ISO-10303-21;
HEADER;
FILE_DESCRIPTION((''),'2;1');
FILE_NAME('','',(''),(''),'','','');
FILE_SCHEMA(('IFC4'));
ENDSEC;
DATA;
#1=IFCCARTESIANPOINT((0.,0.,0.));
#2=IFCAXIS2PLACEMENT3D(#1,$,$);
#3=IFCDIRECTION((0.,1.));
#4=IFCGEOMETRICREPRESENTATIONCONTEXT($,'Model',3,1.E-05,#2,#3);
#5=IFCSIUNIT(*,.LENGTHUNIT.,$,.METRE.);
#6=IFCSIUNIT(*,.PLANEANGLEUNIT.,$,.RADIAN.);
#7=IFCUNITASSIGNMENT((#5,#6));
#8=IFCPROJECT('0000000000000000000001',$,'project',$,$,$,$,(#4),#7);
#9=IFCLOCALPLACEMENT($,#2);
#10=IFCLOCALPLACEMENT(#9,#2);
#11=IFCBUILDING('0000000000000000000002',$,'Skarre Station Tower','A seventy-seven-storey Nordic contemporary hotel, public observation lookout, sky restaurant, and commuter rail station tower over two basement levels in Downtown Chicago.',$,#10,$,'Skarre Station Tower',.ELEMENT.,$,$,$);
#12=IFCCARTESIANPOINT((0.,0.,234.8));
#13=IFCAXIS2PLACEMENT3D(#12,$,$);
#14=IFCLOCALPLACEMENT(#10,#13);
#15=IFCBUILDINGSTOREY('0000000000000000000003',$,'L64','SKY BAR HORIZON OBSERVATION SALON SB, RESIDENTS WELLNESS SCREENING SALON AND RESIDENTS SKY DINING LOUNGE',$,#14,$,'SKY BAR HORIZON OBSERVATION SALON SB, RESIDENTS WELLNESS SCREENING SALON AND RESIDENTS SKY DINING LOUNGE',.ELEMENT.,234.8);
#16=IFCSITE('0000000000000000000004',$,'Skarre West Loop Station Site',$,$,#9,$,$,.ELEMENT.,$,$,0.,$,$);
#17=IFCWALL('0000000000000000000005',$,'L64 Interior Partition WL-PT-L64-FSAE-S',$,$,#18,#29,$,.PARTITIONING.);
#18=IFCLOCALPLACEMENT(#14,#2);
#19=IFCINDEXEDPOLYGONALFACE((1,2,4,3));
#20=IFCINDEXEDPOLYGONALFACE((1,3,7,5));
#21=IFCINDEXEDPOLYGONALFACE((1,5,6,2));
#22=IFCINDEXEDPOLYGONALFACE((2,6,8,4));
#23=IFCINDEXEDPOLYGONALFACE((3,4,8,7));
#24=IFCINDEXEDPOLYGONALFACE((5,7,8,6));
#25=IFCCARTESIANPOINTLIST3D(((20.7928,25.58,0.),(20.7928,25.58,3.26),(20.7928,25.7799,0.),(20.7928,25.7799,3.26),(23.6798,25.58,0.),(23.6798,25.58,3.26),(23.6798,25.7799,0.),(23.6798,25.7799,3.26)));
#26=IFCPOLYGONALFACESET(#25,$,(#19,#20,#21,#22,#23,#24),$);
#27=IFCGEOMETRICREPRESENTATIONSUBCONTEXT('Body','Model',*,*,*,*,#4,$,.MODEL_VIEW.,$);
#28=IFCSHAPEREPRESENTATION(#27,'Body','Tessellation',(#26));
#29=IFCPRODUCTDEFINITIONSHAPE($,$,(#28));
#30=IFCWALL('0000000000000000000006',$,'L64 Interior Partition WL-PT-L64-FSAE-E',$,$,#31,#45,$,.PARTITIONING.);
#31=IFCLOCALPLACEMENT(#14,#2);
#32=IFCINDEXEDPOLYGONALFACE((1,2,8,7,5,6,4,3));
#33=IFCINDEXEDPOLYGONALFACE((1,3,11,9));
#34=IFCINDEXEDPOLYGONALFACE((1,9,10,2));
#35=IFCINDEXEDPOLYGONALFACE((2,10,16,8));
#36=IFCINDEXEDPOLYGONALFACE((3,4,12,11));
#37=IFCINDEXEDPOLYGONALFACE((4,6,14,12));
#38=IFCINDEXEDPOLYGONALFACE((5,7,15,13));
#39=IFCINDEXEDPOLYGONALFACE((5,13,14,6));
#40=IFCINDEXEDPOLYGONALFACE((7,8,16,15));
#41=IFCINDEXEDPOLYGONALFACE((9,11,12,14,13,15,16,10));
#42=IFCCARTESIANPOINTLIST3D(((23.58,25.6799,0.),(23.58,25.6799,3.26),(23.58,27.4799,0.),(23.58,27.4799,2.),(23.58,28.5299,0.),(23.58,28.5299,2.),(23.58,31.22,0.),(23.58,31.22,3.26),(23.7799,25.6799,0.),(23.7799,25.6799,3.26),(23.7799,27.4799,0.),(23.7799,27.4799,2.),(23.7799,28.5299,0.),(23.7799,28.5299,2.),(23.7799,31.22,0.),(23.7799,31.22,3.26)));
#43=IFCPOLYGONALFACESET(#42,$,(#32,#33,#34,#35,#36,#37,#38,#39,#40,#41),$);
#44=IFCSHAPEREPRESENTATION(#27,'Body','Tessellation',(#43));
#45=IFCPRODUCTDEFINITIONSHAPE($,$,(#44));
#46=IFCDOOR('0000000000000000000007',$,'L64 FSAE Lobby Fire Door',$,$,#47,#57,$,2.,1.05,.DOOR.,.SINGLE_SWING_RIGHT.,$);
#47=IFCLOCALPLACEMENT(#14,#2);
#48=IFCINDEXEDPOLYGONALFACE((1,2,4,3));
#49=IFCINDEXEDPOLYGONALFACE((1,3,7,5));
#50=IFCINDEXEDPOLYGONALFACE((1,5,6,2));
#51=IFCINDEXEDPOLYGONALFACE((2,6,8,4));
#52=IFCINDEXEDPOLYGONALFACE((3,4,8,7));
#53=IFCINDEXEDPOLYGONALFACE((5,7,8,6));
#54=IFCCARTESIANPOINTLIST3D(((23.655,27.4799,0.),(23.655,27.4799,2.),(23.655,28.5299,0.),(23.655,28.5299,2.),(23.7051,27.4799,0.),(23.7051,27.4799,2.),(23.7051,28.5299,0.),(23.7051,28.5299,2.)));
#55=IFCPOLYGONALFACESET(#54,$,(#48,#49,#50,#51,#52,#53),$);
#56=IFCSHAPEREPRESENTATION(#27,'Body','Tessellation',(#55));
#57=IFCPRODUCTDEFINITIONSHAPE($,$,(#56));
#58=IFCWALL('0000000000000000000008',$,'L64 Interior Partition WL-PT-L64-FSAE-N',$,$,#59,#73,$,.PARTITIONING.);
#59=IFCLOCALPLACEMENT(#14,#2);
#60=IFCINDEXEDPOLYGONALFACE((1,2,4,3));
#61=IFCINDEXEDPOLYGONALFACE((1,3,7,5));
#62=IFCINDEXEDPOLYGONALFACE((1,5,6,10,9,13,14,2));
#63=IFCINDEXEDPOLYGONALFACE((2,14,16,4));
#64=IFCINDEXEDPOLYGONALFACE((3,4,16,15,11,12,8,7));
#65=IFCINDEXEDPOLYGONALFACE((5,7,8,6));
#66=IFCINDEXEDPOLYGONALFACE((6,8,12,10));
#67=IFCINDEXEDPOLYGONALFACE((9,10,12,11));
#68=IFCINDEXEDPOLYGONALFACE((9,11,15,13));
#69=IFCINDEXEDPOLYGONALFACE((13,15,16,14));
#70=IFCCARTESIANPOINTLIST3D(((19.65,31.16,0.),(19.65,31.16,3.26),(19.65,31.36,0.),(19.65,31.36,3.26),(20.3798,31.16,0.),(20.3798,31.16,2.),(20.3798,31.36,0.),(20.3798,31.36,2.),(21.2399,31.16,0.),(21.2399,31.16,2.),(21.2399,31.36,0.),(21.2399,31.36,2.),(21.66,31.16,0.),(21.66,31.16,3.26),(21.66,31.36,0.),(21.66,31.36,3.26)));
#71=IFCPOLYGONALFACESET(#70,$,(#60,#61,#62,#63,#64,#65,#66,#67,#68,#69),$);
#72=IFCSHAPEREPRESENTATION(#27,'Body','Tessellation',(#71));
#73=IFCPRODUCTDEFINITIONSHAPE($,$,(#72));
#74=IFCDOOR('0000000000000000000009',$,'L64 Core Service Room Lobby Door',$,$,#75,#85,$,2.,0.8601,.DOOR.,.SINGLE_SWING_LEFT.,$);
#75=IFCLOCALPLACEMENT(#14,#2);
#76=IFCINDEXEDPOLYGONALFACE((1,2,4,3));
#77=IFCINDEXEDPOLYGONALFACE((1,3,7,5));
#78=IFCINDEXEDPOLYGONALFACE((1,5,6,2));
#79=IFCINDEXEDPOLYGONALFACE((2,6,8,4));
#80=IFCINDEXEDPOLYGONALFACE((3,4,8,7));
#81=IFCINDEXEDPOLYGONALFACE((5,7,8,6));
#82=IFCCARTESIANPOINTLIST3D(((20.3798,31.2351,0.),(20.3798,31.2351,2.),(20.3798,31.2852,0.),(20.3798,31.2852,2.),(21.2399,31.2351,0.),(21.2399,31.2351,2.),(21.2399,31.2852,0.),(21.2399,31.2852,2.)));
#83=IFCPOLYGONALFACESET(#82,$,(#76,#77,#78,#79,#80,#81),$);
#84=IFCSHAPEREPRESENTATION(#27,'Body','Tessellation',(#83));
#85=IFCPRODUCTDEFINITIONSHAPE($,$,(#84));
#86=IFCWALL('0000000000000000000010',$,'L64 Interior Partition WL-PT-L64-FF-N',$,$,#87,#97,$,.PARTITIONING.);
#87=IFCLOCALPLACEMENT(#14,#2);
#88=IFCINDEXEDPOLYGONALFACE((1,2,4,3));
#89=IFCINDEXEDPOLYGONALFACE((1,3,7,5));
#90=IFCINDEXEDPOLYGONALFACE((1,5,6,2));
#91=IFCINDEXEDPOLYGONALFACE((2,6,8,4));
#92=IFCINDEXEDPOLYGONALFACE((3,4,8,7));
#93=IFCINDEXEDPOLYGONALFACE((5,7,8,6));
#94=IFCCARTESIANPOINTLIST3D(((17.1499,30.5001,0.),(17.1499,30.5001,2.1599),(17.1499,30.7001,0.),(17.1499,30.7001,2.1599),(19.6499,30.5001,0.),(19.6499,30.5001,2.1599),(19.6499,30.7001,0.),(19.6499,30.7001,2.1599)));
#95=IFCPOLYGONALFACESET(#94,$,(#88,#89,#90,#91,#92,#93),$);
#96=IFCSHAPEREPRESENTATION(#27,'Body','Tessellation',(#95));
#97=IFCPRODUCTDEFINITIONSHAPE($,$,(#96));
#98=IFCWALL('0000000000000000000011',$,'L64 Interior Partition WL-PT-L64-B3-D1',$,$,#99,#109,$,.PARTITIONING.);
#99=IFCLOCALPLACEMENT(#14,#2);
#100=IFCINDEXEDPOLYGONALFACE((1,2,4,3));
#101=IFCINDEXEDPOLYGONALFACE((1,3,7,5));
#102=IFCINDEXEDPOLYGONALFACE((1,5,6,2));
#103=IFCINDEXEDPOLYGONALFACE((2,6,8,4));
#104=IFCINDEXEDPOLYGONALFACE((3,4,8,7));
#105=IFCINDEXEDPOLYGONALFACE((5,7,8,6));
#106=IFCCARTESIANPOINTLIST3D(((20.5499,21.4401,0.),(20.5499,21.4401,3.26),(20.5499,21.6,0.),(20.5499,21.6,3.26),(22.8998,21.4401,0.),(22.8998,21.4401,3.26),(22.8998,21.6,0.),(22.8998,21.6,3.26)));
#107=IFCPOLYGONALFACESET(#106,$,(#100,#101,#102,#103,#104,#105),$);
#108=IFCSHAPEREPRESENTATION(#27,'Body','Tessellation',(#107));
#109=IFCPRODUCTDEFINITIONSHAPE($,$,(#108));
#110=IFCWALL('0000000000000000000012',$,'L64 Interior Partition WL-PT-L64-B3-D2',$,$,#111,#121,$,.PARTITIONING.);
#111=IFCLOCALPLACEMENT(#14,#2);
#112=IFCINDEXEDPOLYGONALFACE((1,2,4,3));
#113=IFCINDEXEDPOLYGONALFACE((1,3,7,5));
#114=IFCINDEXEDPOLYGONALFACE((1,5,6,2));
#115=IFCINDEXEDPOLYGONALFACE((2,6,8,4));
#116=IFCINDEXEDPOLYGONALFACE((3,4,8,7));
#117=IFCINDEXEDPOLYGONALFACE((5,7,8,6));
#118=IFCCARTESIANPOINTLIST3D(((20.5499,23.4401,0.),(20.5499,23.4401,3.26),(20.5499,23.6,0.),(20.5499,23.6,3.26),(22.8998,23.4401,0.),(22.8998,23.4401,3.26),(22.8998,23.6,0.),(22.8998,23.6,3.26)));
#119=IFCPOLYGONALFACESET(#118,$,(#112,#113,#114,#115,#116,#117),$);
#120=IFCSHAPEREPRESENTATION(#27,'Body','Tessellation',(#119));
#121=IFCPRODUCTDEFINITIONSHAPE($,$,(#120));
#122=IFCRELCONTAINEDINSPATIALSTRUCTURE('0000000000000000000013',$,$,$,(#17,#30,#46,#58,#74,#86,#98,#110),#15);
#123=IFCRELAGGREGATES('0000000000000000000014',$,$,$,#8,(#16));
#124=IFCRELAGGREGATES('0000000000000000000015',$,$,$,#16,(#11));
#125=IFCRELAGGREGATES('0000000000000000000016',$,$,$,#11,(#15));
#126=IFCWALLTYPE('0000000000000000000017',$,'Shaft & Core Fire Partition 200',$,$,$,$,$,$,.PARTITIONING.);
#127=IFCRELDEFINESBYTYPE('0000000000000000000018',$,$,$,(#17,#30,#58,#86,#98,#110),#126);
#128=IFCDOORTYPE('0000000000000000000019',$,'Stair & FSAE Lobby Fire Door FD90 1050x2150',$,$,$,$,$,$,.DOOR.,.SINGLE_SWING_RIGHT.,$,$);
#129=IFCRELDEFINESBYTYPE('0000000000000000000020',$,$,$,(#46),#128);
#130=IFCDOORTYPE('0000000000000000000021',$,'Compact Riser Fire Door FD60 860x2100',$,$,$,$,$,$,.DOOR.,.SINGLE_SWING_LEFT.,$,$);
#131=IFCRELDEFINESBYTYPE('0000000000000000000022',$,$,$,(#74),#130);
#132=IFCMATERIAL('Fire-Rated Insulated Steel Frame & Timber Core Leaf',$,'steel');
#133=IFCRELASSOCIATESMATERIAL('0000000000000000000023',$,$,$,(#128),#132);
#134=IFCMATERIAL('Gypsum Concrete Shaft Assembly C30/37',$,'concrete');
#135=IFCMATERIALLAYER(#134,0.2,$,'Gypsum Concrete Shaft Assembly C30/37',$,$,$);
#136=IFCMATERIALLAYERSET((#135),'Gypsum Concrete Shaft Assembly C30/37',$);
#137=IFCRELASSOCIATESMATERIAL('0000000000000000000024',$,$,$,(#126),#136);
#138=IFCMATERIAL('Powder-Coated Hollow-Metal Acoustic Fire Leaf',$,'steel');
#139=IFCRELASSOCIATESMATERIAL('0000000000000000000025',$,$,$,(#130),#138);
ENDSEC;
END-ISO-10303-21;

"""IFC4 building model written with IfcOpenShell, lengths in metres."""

from ifc_helpers import new_model, si_unit, direction, frame, frame_2d, origin, place, context, subcontext, project, spatial, rectangle, extrude, material, layer, layer_set, type_object, element, fill, save


model = new_model("IFC4")

# Units and contexts
model_context = context("Model", 3, precision=1e-05, world=origin(), true_north=direction((0.0, 1.0)))
body_context = subcontext(model_context, "Body", "Model", "MODEL_VIEW")
ifc_project = project(units=[si_unit("LENGTHUNIT", "METRE"), si_unit("PLANEANGLEUNIT", "RADIAN")], contexts=[model_context])

# Site, building, storey
site_placement = place(None, origin())
site = spatial("IfcSite", under=ifc_project, at=site_placement, Name="Skarre West Loop Station Site", CompositionType="ELEMENT", RefElevation=0.0)
building_placement = place(site_placement, origin())
building = spatial("IfcBuilding", under=site, at=building_placement, Name="Skarre Station Tower", Description="A seventy-seven-storey Nordic contemporary hotel, public observation lookout, sky restaurant, and commuter rail station tower over two basement levels in Downtown Chicago.", LongName="Skarre Station Tower", CompositionType="ELEMENT")
storey_placement = place(building_placement, frame((0.0, 0.0, 234.8)))
storey = spatial("IfcBuildingStorey", under=building, at=storey_placement, Name="L64", Description="SKY BAR HORIZON OBSERVATION SALON SB, RESIDENTS WELLNESS SCREENING SALON AND RESIDENTS SKY DINING LOUNGE", LongName="SKY BAR HORIZON OBSERVATION SALON SB, RESIDENTS WELLNESS SCREENING SALON AND RESIDENTS SKY DINING LOUNGE", CompositionType="ELEMENT", Elevation=234.8)

# Shared definitions
ifc_material_1 = material(Name="Powder-Coated Hollow-Metal Acoustic Fire Leaf", Category="steel")

# Shared definitions
ifc_material_2 = material(Name="Fire-Rated Insulated Steel Frame & Timber Core Leaf", Category="steel")
door_type_1 = type_object("IfcDoorType", Name="Stair & FSAE Lobby Fire Door FD90 1050x2150", OperationType="SINGLE_SWING_RIGHT", PredefinedType="DOOR", material=ifc_material_2)

# Wall
ifc_material_3 = material(Name="Gypsum Concrete Shaft Assembly C30/37", Category="concrete")
ifc_layer_1 = layer(ifc_material_3, 0.2, Name="Gypsum Concrete Shaft Assembly C30/37")
ifc_layer_set_1 = layer_set([ifc_layer_1], Name="Gypsum Concrete Shaft Assembly C30/37")
wall_type_1 = type_object("IfcWallType", Name="Shaft & Core Fire Partition 200", PredefinedType="PARTITIONING", material=ifc_layer_set_1)
wall_1_placement = place(storey_placement, frame((20.793, 25.6799, 0.0), z_axis=(0.0, 0.0, 1.0), x_axis=(1.0, 0.0, 0.0)))
element("IfcWall", 1, at=wall_1_placement, inside=storey, type_object=wall_type_1, Name="L64 Interior Partition WL-PT-L64-FSAE-S", PredefinedType="PARTITIONING", context=body_context, shape_type="SweptSolid", body=[
    extrude(rectangle(XDim=2.887, YDim=0.2, at=frame_2d((1.4434, 0.0))), origin(), (0.0, 0.0, 1.0), 3.26),
])

# Walls, openings, doors
wall_2_placement = place(storey_placement, frame((23.6799, 25.6799, 0.0), z_axis=(0.0, 0.0, 1.0), x_axis=(0.0, 1.0, 0.0)))
wall_2 = element("IfcWall", 2, at=wall_2_placement, inside=storey, type_object=wall_type_1, Name="L64 Interior Partition WL-PT-L64-FSAE-E", PredefinedType="PARTITIONING", context=body_context, shape_type="SweptSolid", body=[
    extrude(rectangle(XDim=5.54, YDim=0.2, at=frame_2d((2.77, 0.0))), origin(), (0.0, 0.0, 1.0), 3.26),
])
opening_1_placement = place(wall_2_placement, frame((1.8, 0.0, 0.0)))
opening_1 = element("IfcOpeningElement", 3, at=opening_1_placement, cuts=wall_2, PredefinedType="OPENING", context=body_context, shape_type="SweptSolid", body=[
    extrude(rectangle(XDim=1.05, YDim=2.0, at=frame_2d((0.5249, 1.0))), frame((0.0, 0.1099, 0.0), z_axis=(0.0, -1.0, 0.0), x_axis=(1.0, 0.0, 0.0)), (0.0, 0.0, 1.0), 0.22),
])
door_1_placement = place(opening_1_placement, origin())
door_1 = element("IfcDoor", 4, at=door_1_placement, inside=storey, type_object=door_type_1, Name="L64 FSAE Lobby Fire Door", OperationType="SINGLE_SWING_RIGHT", OverallHeight=2.0, OverallWidth=1.05, PredefinedType="DOOR", context=body_context, shape_type="SweptSolid", body=[
    extrude(rectangle(XDim=1.05, YDim=2.0, at=frame_2d((0.5249, 1.0))), frame((0.0, 0.0249, 0.0), z_axis=(0.0, -1.0, 0.0), x_axis=(1.0, 0.0, 0.0)), (0.0, 0.0, 1.0), 0.05),
])
fill(opening_1, door_1)
wall_3_placement = place(storey_placement, frame((21.6599, 31.26, 0.0), z_axis=(0.0, 0.0, 1.0), x_axis=(-1.0, 0.0, 0.0)))
wall_3 = element("IfcWall", 5, at=wall_3_placement, inside=storey, type_object=wall_type_1, Name="L64 Interior Partition WL-PT-L64-FSAE-N", PredefinedType="PARTITIONING", context=body_context, shape_type="SweptSolid", body=[
    extrude(rectangle(XDim=2.01, YDim=0.2, at=frame_2d((1.0049, 0.0))), origin(), (0.0, 0.0, 1.0), 3.26),
])
opening_2_placement = place(wall_3_placement, frame((0.4199, 0.0, 0.0)))
opening_2 = element("IfcOpeningElement", 6, at=opening_2_placement, cuts=wall_3, PredefinedType="OPENING", context=body_context, shape_type="SweptSolid", body=[
    extrude(rectangle(XDim=0.8601, YDim=2.0, at=frame_2d((0.4302, 1.0))), frame((0.0, 0.1099, 0.0), z_axis=(0.0, -1.0, 0.0), x_axis=(1.0, 0.0, 0.0)), (0.0, 0.0, 1.0), 0.22),
])
door_type_2 = type_object("IfcDoorType", Name="Compact Riser Fire Door FD60 860x2100", OperationType="SINGLE_SWING_LEFT", PredefinedType="DOOR", material=ifc_material_1)
door_2_placement = place(opening_2_placement, origin())
door_2 = element("IfcDoor", 7, at=door_2_placement, inside=storey, type_object=door_type_2, Name="L64 Core Service Room Lobby Door", OperationType="SINGLE_SWING_LEFT", OverallHeight=2.0, OverallWidth=0.8601, PredefinedType="DOOR", context=body_context, shape_type="SweptSolid", body=[
    extrude(rectangle(XDim=0.8601, YDim=2.0, at=frame_2d((0.4302, 1.0))), frame((0.0, 0.0249, 0.0), z_axis=(0.0, -1.0, 0.0), x_axis=(1.0, 0.0, 0.0)), (0.0, 0.0, 1.0), 0.05),
])
fill(opening_2, door_2)

# Walls
wall_4_placement = place(storey_placement, frame((19.6499, 30.6001, 0.0), z_axis=(0.0, 0.0, 1.0), x_axis=(-1.0, 0.0, 0.0)))
element("IfcWall", 8, at=wall_4_placement, inside=storey, type_object=wall_type_1, Name="L64 Interior Partition WL-PT-L64-FF-N", PredefinedType="PARTITIONING", context=body_context, shape_type="SweptSolid", body=[
    extrude(rectangle(XDim=2.5, YDim=0.2, at=frame_2d((1.25, 0.0))), origin(), (0.0, 0.0, 1.0), 2.1599),
])
for number, where, z_axis, x_axis, name in (
    (9, (20.55, 21.52, 0.0), (0.0, 0.0, 1.0), (1.0, 0.0, 0.0), "L64 Interior Partition WL-PT-L64-B3-D1"),
    (10, (20.55, 23.52, 0.0), (0.0, 0.0, 1.0), (1.0, 0.0, 0.0), "L64 Interior Partition WL-PT-L64-B3-D2"),
):
    element("IfcWall", number, at=place(storey_placement, frame(where, z_axis=z_axis, x_axis=x_axis)), inside=storey, type_object=wall_type_1, Name=name, PredefinedType="PARTITIONING", context=body_context, shape_type="SweptSolid", body=[
        extrude(rectangle(XDim=2.3499, YDim=0.1599, at=frame_2d((1.1748, 0.0))), origin(), (0.0, 0.0, 1.0), 3.26),
    ])

save(model, "model.ifc")
